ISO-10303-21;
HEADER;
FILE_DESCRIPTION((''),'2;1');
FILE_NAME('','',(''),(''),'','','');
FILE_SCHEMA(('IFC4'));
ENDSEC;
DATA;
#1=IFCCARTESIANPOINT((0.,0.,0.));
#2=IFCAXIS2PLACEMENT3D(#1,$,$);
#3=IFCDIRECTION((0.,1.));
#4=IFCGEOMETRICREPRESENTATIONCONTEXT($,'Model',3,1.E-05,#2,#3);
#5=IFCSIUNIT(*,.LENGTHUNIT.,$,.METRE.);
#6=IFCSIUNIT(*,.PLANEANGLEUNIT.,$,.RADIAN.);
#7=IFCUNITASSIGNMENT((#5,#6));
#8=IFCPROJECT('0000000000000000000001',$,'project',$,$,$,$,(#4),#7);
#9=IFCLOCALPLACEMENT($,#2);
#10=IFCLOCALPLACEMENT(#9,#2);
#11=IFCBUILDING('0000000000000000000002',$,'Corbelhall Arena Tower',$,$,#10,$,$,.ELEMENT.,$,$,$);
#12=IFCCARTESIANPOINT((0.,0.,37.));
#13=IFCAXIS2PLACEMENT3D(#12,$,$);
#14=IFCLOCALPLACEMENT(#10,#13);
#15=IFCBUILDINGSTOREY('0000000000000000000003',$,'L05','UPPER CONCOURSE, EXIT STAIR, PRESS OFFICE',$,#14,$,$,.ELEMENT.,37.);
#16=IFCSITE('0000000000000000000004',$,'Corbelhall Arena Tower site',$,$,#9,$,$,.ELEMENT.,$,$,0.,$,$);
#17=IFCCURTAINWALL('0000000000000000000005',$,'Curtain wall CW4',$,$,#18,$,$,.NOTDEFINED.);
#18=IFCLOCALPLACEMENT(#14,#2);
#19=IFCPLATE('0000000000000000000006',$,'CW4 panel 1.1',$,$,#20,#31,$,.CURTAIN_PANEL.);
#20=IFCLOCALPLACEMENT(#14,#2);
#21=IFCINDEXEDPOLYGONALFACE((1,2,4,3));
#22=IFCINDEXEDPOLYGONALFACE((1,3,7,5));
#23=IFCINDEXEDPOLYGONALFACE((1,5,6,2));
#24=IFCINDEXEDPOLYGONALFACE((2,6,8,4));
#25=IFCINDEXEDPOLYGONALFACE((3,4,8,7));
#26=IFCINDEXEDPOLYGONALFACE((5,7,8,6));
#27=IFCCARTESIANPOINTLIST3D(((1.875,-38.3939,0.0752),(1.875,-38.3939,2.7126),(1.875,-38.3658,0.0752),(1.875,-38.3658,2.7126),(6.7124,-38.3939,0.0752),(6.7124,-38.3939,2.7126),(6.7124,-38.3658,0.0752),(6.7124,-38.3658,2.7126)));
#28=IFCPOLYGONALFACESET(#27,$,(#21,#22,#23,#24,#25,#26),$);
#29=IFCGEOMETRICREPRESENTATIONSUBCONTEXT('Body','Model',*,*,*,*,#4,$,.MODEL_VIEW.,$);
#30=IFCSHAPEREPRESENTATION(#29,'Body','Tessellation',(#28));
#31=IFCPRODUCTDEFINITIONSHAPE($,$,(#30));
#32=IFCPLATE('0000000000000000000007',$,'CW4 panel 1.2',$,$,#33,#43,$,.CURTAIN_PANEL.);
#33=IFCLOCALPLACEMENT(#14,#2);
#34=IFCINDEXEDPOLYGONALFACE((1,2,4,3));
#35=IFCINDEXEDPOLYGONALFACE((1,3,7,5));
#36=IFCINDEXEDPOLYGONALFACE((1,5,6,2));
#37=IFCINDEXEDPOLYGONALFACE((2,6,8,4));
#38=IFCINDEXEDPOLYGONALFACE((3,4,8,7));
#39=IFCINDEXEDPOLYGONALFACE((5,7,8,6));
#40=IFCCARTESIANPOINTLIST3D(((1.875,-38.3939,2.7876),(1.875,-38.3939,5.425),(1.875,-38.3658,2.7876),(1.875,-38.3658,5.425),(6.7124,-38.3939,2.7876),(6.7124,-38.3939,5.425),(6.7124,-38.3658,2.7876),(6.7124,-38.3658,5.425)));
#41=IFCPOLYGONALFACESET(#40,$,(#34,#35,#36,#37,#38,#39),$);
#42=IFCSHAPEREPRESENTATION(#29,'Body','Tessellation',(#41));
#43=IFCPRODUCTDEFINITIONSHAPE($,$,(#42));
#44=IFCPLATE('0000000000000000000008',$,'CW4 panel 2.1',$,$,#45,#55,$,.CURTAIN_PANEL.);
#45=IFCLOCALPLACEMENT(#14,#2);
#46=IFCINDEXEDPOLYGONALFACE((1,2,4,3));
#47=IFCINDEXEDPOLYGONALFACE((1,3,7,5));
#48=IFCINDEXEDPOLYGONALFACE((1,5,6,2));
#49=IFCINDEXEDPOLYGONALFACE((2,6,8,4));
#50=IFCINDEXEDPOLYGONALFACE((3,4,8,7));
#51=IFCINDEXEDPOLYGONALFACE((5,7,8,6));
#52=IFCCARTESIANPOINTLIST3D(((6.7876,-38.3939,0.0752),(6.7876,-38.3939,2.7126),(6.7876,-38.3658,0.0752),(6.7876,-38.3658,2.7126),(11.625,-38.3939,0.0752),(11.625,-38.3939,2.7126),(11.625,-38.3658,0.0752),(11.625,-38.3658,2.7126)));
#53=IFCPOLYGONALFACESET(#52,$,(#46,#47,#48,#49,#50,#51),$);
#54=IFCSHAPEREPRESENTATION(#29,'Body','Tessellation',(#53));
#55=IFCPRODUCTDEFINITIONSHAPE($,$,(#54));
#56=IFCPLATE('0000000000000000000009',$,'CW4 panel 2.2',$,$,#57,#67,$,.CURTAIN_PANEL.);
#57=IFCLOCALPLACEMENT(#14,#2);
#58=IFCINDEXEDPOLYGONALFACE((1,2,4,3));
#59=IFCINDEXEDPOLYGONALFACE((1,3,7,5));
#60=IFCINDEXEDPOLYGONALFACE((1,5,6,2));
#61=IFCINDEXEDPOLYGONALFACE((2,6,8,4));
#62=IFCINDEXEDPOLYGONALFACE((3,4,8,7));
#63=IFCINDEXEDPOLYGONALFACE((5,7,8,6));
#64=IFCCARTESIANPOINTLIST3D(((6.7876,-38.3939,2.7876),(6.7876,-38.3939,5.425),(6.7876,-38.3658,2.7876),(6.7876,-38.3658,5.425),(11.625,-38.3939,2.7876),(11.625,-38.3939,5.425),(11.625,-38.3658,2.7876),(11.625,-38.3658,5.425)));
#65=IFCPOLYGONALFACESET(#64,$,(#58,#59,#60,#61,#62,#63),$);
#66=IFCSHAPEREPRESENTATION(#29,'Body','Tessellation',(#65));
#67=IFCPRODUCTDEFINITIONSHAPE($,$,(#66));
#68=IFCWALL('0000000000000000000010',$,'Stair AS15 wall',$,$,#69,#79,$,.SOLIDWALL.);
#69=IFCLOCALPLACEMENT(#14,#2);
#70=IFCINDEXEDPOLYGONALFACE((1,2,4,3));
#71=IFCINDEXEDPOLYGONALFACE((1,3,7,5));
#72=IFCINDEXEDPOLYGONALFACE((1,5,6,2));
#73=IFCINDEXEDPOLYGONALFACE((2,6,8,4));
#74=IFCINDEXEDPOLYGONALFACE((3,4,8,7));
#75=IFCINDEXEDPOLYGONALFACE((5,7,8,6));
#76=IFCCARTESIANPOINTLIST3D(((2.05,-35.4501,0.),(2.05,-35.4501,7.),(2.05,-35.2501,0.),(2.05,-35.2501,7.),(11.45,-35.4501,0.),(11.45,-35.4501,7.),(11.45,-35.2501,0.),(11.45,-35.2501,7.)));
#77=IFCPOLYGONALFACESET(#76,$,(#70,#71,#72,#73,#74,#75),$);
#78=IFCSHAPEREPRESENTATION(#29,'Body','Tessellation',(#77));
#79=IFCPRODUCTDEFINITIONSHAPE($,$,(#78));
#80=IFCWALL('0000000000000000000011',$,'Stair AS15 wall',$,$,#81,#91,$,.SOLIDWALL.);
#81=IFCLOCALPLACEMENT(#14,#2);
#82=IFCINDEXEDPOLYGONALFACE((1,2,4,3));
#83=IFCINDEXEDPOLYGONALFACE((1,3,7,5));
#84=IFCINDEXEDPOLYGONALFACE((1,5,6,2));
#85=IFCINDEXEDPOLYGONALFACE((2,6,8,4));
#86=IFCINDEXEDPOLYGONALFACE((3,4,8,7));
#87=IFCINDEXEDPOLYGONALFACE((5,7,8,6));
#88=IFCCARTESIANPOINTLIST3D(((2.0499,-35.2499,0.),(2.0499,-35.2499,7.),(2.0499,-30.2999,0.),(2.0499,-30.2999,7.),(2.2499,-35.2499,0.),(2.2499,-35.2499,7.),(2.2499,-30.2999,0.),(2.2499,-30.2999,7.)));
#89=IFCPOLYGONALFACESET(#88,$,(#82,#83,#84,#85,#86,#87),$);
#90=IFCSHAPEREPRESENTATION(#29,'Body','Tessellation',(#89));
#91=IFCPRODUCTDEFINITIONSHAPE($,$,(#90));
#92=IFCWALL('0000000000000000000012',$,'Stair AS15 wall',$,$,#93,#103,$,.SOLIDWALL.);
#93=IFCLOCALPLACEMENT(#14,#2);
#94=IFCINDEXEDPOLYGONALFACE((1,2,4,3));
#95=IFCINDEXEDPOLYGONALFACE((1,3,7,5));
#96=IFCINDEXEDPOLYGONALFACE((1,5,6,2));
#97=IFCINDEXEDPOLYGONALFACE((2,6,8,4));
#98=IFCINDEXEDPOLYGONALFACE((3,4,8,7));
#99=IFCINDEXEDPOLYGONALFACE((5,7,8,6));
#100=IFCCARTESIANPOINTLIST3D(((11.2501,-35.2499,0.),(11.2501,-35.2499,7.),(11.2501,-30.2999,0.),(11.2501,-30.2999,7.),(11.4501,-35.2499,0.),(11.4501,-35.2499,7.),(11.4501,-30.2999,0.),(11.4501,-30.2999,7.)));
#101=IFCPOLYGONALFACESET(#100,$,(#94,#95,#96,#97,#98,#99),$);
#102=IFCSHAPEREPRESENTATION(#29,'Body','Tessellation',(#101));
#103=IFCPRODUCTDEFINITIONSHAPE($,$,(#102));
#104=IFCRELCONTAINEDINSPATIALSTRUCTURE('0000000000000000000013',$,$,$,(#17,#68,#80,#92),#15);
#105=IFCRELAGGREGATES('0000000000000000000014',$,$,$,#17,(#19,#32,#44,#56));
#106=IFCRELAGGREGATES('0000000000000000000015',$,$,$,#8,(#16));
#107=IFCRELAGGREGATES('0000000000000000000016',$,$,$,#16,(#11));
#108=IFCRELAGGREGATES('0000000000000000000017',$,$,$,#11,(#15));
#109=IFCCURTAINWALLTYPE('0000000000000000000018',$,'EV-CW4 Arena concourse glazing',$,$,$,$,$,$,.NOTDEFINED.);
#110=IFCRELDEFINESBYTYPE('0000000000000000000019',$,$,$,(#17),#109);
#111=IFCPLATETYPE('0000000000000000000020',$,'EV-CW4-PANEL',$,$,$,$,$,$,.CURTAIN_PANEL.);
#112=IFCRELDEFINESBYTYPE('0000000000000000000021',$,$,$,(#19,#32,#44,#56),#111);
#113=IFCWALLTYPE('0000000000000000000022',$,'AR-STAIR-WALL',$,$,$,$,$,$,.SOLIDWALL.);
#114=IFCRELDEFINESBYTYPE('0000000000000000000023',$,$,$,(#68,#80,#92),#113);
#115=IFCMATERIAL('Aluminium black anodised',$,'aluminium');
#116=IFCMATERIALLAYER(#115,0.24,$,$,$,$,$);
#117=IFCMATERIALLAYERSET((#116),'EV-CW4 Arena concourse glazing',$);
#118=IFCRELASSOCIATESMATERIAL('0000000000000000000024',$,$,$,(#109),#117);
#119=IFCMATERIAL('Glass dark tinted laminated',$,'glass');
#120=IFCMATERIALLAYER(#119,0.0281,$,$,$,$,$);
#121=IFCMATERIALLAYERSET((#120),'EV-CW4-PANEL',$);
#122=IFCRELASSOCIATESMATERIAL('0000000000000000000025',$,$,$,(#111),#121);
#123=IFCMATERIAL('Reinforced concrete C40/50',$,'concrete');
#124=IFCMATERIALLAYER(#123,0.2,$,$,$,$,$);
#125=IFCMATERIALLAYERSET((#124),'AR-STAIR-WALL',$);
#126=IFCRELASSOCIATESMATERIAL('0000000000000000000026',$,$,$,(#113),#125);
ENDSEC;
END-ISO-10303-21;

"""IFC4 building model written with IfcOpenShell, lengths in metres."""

from ifc_helpers import new_model, si_unit, direction, frame, frame_2d, origin, origin_2d, place, context, subcontext, project, spatial, rectangle, extrude, material, layer, layer_set, type_object, element, aggregate, save


model = new_model("IFC4")

# Units and contexts
model_context = context("Model", 3, precision=1e-05, world=origin(), true_north=direction((0.0, 1.0)))
body_context = subcontext(model_context, "Body", "Model", "MODEL_VIEW")
ifc_project = project(units=[si_unit("LENGTHUNIT", "METRE"), si_unit("PLANEANGLEUNIT", "RADIAN")], contexts=[model_context])

# Site, building, storey
site_placement = place(None, origin())
site = spatial("IfcSite", under=ifc_project, at=site_placement, Name="Corbelhall Arena Tower site", CompositionType="ELEMENT", RefElevation=0.0)
building_placement = place(site_placement, origin())
building = spatial("IfcBuilding", under=site, at=building_placement, Name="Corbelhall Arena Tower", CompositionType="ELEMENT")
storey_placement = place(building_placement, frame((0.0, 0.0, 37.0)))
storey = spatial("IfcBuildingStorey", under=building, at=storey_placement, Name="L05", Description="UPPER CONCOURSE, EXIT STAIR, PRESS OFFICE", CompositionType="ELEMENT", Elevation=37.0)

# Curtain wall
ifc_material_1 = material(Name="Aluminium black anodised", Category="aluminium")
ifc_layer_1 = layer(ifc_material_1, 0.24)
ifc_layer_set_1 = layer_set([ifc_layer_1], Name="EV-CW4 Arena concourse glazing")
curtain_wall_type = type_object("IfcCurtainWallType", Name="EV-CW4 Arena concourse glazing", PredefinedType="NOTDEFINED", material=ifc_layer_set_1)
curtain_wall_placement = place(storey_placement, origin())
curtain_wall = element("IfcCurtainWall", 1, at=curtain_wall_placement, inside=storey, type_object=curtain_wall_type, Name="Curtain wall CW4", PredefinedType="NOTDEFINED")

# Plates
ifc_material_2 = material(Name="Glass dark tinted laminated", Category="glass")
ifc_layer_2 = layer(ifc_material_2, 0.0281)
ifc_layer_set_2 = layer_set([ifc_layer_2], Name="EV-CW4-PANEL")
plate_type = type_object("IfcPlateType", Name="EV-CW4-PANEL", PredefinedType="CURTAIN_PANEL", material=ifc_layer_set_2)
plate_1_placement = place(storey_placement, frame((4.2937, -38.3799, 0.0752), z_axis=(0.0, 0.0, 1.0), x_axis=(1.0, 0.0, 0.0)))
plate_1 = element("IfcPlate", 2, at=plate_1_placement, type_object=plate_type, Name="CW4 panel 1.1", PredefinedType="CURTAIN_PANEL", context=body_context, shape_type="SweptSolid", body=[
    extrude(rectangle(XDim=4.8374, YDim=0.0281, at=origin_2d()), origin(), (0.0, 0.0, 1.0), 2.6375),
])
plate_2_placement = place(storey_placement, frame((4.2937, -38.3799, 2.7876), z_axis=(0.0, 0.0, 1.0), x_axis=(1.0, 0.0, 0.0)))
plate_2 = element("IfcPlate", 3, at=plate_2_placement, type_object=plate_type, Name="CW4 panel 1.2", PredefinedType="CURTAIN_PANEL", context=body_context, shape_type="SweptSolid", body=[
    extrude(rectangle(XDim=4.8374, YDim=0.0281, at=origin_2d()), origin(), (0.0, 0.0, 1.0), 2.6375),
])
plate_3_placement = place(storey_placement, frame((9.2063, -38.3799, 0.0752), z_axis=(0.0, 0.0, 1.0), x_axis=(1.0, 0.0, 0.0)))
plate_3 = element("IfcPlate", 4, at=plate_3_placement, type_object=plate_type, Name="CW4 panel 2.1", PredefinedType="CURTAIN_PANEL", context=body_context, shape_type="SweptSolid", body=[
    extrude(rectangle(XDim=4.8374, YDim=0.0281, at=origin_2d()), origin(), (0.0, 0.0, 1.0), 2.6375),
])
plate_4_placement = place(storey_placement, frame((9.2063, -38.3799, 2.7876), z_axis=(0.0, 0.0, 1.0), x_axis=(1.0, 0.0, 0.0)))
plate_4 = element("IfcPlate", 5, at=plate_4_placement, type_object=plate_type, Name="CW4 panel 2.2", PredefinedType="CURTAIN_PANEL", context=body_context, shape_type="SweptSolid", body=[
    extrude(rectangle(XDim=4.8374, YDim=0.0281, at=origin_2d()), origin(), (0.0, 0.0, 1.0), 2.6375),
])
aggregate(curtain_wall, [plate_1, plate_2, plate_3, plate_4])

# Shared definitions
ifc_material_3 = material(Name="Reinforced concrete C40/50", Category="concrete")
ifc_layer_3 = layer(ifc_material_3, 0.2)
ifc_layer_set_3 = layer_set([ifc_layer_3], Name="AR-STAIR-WALL")
wall_type = type_object("IfcWallType", Name="AR-STAIR-WALL", PredefinedType="SOLIDWALL", material=ifc_layer_set_3)

# Walls
wall_1_placement = place(storey_placement, frame((2.05, -35.3501, 0.0), z_axis=(0.0, 0.0, 1.0), x_axis=(1.0, 0.0, 0.0)))
element("IfcWall", 6, at=wall_1_placement, inside=storey, type_object=wall_type, Name="Stair AS15 wall", PredefinedType="SOLIDWALL", context=body_context, shape_type="SweptSolid", body=[
    extrude(rectangle(XDim=9.3999, YDim=0.2, at=frame_2d((4.7, 0.0))), origin(), (0.0, 0.0, 1.0), 7.0),
])
for number, where, z_axis, x_axis, name in (
    (7, (2.1499, -35.25, 0.0), (0.0, 0.0, 1.0), (0.0, 1.0, 0.0), "Stair AS15 wall"),
    (8, (11.3501, -35.25, 0.0), (0.0, 0.0, 1.0), (0.0, 1.0, 0.0), "Stair AS15 wall"),
):
    element("IfcWall", number, at=place(storey_placement, frame(where, z_axis=z_axis, x_axis=x_axis)), inside=storey, type_object=wall_type, Name=name, PredefinedType="SOLIDWALL", context=body_context, shape_type="SweptSolid", body=[
        extrude(rectangle(XDim=4.95, YDim=0.2, at=frame_2d((2.4751, 0.0))), origin(), (0.0, 0.0, 1.0), 7.0),
    ])

save(model, "model.ifc")
